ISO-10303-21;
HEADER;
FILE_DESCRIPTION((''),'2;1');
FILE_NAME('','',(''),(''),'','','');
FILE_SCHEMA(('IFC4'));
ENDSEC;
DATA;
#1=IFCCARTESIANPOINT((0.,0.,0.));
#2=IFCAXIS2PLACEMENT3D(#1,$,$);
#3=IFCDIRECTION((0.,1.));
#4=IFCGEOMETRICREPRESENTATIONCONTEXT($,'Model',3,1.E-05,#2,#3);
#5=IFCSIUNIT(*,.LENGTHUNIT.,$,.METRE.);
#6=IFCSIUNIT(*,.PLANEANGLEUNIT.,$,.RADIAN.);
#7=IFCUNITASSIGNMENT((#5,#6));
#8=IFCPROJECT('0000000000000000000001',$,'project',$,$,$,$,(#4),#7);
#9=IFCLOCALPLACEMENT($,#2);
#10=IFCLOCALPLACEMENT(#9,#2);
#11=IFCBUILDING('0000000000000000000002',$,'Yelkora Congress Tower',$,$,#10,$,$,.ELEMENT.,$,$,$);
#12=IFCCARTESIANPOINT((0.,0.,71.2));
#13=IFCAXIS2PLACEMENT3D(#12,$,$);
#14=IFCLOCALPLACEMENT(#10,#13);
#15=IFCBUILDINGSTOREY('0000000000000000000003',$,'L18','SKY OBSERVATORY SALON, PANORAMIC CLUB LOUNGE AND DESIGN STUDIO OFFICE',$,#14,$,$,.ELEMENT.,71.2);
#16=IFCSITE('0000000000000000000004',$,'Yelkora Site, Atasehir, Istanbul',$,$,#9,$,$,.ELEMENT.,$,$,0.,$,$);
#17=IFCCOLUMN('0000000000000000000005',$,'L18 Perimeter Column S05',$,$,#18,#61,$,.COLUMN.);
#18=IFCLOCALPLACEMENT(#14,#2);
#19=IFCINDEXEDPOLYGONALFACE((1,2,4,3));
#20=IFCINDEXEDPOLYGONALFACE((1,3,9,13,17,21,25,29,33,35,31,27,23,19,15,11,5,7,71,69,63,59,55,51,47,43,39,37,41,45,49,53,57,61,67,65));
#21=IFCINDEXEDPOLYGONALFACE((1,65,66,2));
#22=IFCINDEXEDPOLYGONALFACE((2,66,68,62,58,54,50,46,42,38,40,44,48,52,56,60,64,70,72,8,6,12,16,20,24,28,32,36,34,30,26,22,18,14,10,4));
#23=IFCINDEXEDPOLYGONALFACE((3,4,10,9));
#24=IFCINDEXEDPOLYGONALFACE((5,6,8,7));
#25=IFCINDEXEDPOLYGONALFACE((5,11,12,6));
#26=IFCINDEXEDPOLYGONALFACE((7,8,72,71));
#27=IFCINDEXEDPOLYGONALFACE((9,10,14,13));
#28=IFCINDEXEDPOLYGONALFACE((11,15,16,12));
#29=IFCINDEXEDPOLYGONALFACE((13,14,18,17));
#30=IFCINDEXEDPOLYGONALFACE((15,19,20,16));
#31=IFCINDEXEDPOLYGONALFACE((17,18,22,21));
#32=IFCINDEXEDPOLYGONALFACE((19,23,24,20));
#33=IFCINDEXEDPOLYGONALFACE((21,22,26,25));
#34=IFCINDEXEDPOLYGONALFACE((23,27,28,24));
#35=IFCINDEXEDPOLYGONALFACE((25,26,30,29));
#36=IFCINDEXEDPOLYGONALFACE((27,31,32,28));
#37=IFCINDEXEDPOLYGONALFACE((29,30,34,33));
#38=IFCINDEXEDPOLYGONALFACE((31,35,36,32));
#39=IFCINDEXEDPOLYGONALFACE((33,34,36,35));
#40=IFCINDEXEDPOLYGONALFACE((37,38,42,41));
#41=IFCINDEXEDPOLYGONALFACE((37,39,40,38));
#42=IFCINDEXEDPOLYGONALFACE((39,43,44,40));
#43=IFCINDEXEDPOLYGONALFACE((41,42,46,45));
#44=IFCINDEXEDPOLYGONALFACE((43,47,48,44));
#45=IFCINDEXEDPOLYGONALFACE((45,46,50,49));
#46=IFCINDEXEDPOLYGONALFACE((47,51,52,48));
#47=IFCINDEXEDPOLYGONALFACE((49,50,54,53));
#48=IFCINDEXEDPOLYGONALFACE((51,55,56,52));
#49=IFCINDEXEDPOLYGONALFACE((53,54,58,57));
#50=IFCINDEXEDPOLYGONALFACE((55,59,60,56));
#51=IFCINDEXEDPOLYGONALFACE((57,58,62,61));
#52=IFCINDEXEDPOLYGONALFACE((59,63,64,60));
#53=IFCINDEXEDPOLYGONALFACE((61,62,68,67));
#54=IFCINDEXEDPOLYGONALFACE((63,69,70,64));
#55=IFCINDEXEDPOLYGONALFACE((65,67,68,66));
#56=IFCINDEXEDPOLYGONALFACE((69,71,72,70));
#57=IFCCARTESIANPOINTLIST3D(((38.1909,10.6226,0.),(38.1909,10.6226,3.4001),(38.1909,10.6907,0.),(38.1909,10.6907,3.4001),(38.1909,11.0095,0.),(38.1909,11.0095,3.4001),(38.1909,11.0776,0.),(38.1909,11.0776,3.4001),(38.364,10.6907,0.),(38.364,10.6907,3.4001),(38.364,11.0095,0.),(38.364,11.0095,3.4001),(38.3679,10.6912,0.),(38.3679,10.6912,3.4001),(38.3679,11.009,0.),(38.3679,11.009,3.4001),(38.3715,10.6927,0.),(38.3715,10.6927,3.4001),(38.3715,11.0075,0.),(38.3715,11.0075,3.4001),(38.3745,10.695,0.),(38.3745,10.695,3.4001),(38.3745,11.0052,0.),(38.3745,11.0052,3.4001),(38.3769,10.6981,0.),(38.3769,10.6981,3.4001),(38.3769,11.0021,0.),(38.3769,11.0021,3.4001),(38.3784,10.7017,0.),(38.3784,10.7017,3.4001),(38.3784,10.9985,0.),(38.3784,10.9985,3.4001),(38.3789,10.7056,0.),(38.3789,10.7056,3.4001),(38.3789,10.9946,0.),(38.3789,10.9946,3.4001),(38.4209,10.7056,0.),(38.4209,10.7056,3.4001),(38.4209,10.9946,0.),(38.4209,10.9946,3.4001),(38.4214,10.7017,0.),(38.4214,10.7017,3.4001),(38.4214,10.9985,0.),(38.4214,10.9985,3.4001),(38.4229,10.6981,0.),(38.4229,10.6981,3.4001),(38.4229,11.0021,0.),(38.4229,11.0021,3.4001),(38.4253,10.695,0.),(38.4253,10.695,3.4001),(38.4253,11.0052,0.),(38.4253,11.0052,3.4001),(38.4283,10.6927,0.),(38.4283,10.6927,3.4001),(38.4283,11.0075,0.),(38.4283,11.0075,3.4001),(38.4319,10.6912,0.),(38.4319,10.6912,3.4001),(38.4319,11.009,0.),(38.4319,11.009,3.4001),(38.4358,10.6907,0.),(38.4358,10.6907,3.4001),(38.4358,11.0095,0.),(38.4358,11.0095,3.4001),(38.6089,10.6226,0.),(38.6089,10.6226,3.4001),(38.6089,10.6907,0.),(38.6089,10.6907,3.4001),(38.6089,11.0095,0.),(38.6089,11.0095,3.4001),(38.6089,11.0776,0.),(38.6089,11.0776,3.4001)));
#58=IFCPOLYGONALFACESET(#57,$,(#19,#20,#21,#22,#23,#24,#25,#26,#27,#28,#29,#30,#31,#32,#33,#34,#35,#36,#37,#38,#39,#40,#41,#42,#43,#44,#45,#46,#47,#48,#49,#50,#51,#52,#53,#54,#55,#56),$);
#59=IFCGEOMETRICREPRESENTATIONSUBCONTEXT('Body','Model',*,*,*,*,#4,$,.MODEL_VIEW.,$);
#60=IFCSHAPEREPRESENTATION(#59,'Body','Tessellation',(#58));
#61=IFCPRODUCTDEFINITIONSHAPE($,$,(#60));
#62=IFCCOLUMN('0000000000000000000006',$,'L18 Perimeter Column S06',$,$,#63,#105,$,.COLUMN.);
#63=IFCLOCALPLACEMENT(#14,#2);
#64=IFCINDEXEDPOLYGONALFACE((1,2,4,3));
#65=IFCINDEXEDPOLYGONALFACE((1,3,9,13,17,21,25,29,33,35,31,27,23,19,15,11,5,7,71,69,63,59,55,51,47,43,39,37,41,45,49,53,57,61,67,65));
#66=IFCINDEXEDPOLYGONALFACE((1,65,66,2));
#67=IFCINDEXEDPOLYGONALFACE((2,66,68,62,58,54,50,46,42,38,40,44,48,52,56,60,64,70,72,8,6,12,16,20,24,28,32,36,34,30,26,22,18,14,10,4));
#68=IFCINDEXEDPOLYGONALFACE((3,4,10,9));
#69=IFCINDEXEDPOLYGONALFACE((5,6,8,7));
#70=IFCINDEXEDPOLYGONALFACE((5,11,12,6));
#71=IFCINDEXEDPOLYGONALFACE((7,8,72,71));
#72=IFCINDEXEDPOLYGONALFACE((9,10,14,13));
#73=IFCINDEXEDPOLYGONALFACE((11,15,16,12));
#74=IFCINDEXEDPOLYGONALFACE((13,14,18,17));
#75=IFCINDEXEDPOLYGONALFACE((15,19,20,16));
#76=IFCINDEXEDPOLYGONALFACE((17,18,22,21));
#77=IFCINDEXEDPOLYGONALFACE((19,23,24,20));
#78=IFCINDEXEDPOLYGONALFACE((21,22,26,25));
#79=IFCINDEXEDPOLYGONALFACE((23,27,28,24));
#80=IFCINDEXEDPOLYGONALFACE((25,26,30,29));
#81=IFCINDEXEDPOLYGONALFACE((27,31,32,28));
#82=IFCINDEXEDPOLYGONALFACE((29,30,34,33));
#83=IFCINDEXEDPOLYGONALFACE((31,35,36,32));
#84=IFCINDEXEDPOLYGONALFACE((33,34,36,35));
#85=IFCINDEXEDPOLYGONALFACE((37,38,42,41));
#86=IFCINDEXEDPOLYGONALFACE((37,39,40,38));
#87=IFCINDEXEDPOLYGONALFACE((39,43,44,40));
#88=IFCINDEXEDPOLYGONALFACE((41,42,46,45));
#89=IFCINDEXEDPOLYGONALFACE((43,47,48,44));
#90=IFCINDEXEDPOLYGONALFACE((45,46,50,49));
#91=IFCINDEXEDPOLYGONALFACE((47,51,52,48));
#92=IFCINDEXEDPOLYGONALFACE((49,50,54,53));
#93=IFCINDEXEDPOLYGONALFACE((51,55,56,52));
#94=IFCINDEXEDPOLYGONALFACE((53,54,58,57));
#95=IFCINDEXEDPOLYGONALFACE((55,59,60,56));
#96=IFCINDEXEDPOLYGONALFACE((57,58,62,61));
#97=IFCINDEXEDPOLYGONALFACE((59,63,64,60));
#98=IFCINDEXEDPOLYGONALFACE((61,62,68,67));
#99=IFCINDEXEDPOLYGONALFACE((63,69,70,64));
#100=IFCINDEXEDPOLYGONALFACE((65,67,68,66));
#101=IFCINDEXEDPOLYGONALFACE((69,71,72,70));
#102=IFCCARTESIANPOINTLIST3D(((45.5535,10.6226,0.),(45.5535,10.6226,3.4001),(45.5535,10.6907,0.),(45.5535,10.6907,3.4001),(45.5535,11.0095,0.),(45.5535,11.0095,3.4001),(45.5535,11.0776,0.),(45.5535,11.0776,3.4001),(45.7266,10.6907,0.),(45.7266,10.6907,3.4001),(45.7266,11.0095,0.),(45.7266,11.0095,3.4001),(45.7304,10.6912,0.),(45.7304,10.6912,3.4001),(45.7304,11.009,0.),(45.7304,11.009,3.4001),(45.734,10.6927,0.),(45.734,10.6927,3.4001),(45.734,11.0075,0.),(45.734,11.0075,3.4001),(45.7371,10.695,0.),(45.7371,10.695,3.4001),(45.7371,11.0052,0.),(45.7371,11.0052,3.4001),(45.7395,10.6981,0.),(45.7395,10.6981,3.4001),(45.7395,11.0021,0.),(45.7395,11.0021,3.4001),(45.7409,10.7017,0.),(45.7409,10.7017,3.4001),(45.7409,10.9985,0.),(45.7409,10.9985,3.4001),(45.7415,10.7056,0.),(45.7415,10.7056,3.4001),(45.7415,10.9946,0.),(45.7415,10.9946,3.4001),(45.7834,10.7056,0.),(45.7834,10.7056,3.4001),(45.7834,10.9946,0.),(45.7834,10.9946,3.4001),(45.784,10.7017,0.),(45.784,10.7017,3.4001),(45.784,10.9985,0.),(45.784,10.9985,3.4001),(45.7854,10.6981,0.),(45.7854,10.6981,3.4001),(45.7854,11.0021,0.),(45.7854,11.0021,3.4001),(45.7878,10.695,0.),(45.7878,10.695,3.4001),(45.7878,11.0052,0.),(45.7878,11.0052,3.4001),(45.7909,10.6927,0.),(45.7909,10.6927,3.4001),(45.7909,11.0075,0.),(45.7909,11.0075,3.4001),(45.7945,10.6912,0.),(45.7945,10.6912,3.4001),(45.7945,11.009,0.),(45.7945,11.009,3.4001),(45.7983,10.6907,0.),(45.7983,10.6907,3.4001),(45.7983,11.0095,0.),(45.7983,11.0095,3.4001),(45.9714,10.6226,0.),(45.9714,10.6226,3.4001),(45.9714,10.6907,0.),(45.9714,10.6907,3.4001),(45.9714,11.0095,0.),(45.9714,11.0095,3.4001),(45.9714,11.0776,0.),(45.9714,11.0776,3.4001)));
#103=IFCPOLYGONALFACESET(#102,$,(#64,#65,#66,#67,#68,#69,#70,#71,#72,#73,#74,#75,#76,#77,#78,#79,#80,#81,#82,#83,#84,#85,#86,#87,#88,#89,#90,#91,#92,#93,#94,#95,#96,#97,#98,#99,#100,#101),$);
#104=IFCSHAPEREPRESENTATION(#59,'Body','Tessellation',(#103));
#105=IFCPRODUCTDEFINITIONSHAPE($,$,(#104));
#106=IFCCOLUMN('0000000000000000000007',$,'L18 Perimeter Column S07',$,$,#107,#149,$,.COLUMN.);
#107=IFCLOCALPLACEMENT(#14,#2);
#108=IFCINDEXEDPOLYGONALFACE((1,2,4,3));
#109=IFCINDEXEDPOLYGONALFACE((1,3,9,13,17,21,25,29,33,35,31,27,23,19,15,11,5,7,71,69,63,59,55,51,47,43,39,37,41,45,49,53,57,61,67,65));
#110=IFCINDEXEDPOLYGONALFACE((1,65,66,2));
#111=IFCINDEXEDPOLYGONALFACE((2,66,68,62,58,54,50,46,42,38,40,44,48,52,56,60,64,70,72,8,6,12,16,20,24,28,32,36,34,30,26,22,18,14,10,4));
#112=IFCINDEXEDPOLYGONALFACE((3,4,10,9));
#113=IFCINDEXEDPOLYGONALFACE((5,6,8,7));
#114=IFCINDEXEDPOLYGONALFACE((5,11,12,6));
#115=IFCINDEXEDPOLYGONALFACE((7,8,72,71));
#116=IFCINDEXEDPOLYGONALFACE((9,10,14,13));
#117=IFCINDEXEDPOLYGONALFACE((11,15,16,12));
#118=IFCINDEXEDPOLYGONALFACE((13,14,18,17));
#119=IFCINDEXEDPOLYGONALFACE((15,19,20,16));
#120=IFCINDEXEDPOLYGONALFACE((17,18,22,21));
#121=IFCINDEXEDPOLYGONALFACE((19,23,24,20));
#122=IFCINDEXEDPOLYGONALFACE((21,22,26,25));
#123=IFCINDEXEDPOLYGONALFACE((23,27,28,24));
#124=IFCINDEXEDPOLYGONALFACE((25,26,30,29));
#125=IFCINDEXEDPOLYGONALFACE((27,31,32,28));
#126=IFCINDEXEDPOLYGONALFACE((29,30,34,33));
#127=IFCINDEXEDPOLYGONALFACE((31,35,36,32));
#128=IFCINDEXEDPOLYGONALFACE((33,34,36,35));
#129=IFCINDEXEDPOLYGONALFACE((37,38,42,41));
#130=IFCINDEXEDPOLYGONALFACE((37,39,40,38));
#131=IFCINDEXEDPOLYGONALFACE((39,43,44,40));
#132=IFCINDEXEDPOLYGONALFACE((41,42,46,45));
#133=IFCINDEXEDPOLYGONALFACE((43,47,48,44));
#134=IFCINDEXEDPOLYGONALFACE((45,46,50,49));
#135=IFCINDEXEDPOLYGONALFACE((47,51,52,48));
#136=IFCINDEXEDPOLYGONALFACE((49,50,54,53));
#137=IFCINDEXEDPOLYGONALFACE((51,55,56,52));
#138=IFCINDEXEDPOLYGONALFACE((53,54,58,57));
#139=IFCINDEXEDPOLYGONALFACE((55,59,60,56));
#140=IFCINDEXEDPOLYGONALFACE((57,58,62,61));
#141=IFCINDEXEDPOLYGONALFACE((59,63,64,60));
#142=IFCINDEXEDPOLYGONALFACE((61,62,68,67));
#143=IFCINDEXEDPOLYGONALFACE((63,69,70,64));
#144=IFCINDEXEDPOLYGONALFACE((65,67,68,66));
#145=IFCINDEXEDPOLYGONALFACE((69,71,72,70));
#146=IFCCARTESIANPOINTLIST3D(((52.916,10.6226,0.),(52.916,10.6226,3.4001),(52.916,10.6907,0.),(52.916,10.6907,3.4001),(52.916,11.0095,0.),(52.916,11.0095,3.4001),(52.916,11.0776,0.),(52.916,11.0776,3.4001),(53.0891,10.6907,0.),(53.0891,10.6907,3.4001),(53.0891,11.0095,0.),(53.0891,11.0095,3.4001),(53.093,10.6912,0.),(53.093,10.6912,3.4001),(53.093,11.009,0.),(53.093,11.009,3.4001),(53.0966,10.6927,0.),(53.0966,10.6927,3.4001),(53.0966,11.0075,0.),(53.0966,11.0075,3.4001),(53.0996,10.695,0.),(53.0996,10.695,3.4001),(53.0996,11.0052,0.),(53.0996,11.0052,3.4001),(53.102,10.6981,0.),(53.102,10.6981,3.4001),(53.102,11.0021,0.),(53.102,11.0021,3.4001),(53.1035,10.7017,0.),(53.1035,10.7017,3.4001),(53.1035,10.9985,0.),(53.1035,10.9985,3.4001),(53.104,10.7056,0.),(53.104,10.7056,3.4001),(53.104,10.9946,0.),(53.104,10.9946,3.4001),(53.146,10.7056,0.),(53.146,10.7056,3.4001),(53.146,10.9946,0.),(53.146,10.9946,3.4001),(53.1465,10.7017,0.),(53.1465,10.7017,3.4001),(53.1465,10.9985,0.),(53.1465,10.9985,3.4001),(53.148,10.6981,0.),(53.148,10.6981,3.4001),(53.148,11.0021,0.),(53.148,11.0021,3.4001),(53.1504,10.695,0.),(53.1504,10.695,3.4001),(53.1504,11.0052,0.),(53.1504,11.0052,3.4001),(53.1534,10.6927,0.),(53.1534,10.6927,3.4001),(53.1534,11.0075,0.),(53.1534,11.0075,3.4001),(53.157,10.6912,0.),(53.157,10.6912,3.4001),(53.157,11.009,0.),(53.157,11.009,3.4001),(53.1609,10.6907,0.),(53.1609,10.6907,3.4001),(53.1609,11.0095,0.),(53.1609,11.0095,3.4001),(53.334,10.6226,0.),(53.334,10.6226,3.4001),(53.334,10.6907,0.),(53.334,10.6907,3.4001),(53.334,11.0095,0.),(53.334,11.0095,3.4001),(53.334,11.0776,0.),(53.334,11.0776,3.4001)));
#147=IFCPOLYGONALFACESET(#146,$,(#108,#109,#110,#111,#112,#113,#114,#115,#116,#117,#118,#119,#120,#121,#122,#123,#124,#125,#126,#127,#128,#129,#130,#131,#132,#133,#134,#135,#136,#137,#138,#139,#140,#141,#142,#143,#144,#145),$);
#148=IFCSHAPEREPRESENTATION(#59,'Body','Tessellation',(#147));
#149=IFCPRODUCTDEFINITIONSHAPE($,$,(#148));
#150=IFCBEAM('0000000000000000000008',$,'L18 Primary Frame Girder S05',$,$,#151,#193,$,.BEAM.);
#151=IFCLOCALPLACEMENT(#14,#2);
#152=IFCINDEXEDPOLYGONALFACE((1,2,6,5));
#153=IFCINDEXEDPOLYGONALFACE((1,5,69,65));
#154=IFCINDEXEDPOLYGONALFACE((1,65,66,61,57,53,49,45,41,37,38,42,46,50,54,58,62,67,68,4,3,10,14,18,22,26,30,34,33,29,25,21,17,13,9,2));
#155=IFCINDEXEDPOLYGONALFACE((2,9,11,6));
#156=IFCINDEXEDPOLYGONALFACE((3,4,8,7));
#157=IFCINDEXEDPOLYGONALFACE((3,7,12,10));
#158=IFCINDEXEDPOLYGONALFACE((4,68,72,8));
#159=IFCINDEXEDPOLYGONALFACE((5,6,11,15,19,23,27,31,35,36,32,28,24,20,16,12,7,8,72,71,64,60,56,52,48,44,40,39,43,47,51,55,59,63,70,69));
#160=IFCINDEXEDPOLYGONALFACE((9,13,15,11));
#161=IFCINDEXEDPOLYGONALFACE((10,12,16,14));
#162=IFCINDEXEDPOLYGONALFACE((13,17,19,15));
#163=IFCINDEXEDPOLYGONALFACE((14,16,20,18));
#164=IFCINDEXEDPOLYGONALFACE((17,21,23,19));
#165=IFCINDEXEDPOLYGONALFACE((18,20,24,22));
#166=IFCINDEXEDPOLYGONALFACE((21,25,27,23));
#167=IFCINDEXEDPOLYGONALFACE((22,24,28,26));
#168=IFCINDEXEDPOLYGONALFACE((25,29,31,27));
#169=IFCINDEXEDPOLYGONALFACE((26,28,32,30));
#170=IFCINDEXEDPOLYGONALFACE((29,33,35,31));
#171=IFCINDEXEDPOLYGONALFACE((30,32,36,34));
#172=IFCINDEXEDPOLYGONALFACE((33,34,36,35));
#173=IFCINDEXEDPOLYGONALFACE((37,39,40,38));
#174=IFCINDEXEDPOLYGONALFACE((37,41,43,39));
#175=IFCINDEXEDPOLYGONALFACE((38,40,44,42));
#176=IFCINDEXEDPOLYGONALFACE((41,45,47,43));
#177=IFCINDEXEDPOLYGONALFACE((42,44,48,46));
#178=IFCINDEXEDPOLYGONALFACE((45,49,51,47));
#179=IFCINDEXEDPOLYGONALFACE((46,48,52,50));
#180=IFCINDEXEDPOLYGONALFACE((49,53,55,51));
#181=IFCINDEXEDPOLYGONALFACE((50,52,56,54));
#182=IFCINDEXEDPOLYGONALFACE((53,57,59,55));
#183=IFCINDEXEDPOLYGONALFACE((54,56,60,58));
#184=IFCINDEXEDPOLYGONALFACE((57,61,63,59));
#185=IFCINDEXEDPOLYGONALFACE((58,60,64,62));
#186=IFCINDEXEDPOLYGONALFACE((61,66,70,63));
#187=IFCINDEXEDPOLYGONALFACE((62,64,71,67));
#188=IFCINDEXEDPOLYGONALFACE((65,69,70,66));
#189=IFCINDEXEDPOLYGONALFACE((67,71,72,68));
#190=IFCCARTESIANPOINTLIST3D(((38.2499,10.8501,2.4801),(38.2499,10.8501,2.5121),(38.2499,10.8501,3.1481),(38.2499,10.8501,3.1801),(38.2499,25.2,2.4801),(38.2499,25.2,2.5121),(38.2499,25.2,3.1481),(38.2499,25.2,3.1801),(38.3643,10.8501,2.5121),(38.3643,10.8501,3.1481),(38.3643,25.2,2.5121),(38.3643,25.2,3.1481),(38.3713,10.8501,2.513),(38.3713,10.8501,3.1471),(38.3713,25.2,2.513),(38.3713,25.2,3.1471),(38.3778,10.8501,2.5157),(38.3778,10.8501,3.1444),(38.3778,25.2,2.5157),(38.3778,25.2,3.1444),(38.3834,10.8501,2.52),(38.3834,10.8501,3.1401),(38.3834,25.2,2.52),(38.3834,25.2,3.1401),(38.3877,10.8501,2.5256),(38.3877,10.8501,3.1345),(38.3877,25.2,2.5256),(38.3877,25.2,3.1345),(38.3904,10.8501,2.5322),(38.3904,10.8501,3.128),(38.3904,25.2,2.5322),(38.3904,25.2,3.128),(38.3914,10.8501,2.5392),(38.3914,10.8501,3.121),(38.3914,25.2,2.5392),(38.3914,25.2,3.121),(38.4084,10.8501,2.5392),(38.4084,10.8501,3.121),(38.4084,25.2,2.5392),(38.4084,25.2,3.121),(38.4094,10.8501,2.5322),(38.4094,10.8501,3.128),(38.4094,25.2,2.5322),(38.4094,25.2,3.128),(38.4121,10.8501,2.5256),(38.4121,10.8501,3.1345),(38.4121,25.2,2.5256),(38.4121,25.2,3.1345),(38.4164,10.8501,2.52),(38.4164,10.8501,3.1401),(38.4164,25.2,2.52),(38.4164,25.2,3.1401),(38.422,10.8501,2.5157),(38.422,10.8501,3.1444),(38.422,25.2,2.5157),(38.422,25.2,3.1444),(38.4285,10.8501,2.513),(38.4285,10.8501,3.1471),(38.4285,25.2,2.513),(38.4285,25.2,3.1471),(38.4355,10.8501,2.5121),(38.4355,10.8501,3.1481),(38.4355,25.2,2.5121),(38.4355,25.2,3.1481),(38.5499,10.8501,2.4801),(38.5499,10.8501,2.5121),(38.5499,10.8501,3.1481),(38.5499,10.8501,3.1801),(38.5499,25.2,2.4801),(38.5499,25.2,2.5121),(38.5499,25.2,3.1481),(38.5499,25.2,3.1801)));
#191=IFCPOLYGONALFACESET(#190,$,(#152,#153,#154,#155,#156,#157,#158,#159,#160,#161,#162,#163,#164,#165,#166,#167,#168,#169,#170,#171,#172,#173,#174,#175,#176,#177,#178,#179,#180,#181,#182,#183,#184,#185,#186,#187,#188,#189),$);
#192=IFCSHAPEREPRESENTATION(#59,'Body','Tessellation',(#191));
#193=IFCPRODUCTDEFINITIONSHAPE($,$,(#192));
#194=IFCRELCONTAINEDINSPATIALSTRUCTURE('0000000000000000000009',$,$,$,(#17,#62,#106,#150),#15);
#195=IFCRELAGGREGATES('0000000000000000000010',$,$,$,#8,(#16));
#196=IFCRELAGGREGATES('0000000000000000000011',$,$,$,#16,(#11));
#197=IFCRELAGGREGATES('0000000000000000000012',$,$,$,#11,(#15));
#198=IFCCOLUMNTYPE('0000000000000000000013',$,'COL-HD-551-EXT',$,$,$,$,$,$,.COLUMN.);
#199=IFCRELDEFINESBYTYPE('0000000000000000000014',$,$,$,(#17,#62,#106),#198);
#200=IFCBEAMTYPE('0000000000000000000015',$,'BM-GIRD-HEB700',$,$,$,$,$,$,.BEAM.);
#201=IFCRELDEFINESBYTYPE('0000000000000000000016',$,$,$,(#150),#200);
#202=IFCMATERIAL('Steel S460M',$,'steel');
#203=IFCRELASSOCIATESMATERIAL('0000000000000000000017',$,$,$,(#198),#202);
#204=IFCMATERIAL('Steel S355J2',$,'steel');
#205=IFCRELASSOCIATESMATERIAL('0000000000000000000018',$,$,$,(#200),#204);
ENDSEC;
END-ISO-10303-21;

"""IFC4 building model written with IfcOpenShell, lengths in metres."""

from ifc_helpers import new_model, si_unit, direction, frame, origin, origin_2d, place, context, subcontext, project, spatial, i_section, extrude, material, material_profile, profile_set, type_object, element, save


model = new_model("IFC4")

# Units and contexts
model_context = context("Model", 3, precision=1e-05, world=origin(), true_north=direction((0.0, 1.0)))
body_context = subcontext(model_context, "Body", "Model", "MODEL_VIEW")
ifc_project = project(units=[si_unit("LENGTHUNIT", "METRE"), si_unit("PLANEANGLEUNIT", "RADIAN")], contexts=[model_context])

# Site, building, storey
site_placement = place(None, origin())
site = spatial("IfcSite", under=ifc_project, at=site_placement, Name="Yelkora Site, Atasehir, Istanbul", CompositionType="ELEMENT", RefElevation=0.0)
building_placement = place(site_placement, origin())
building = spatial("IfcBuilding", under=site, at=building_placement, Name="Yelkora Congress Tower", CompositionType="ELEMENT")
storey_placement = place(building_placement, frame((0.0, 0.0, 71.2)))
storey = spatial("IfcBuildingStorey", under=building, at=storey_placement, Name="L18", Description="SKY OBSERVATORY SALON, PANORAMIC CLUB LOUNGE AND DESIGN STUDIO OFFICE", CompositionType="ELEMENT", Elevation=71.2)

# Columns
ifc_material_1 = material(Name="Steel S460M", Category="steel")
ifc_material_profile_1 = material_profile(ifc_material_1, i_section(OverallWidth=0.418, OverallDepth=0.4551, WebThickness=0.042, FlangeThickness=0.0681, FilletRadius=0.0149, at=origin_2d()), Name="HD 400x551")
ifc_profile_set_1 = profile_set([ifc_material_profile_1], Name="Steel S460M")
column_type = type_object("IfcColumnType", Name="COL-HD-551-EXT", PredefinedType="COLUMN", material=ifc_profile_set_1)
for number, where, z_axis, x_axis, name in (
    (1, (38.3999, 10.8501, 0.0), (0.0, 0.0, 1.0), (1.0, 0.0, 0.0), "L18 Perimeter Column S05"),
    (2, (45.7625, 10.8501, 0.0), (0.0, 0.0, 1.0), (1.0, 0.0, 0.0), "L18 Perimeter Column S06"),
    (3, (53.125, 10.8501, 0.0), (0.0, 0.0, 1.0), (1.0, 0.0, 0.0), "L18 Perimeter Column S07"),
):
    element("IfcColumn", number, at=place(storey_placement, frame(where, z_axis=z_axis, x_axis=x_axis)), inside=storey, type_object=column_type, Name=name, PredefinedType="COLUMN", context=body_context, shape_type="SweptSolid", body=[
        extrude(i_section(OverallWidth=0.418, OverallDepth=0.4551, WebThickness=0.042, FlangeThickness=0.0681, FilletRadius=0.0149, at=origin_2d()), origin(), (0.0, 0.0, 1.0), 3.4001),
    ])

# Beam
ifc_material_2 = material(Name="Steel S355J2", Category="steel")
ifc_material_profile_2 = material_profile(ifc_material_2, i_section(OverallWidth=0.3, OverallDepth=0.7, WebThickness=0.0171, FlangeThickness=0.032, FilletRadius=0.0271, at=origin_2d()), Name="HEB 700")
ifc_profile_set_2 = profile_set([ifc_material_profile_2], Name="Steel S355J2")
beam_type_1 = type_object("IfcBeamType", Name="BM-GIRD-HEB700", PredefinedType="BEAM", material=ifc_profile_set_2)
beam_1_placement = place(storey_placement, frame((38.3999, 10.8501, 2.8301), z_axis=(0.0, 1.0, 0.0), x_axis=(-1.0, 0.0, 0.0)))
element("IfcBeam", 4, at=beam_1_placement, inside=storey, type_object=beam_type_1, Name="L18 Primary Frame Girder S05", PredefinedType="BEAM", context=body_context, shape_type="SweptSolid", body=[
    extrude(i_section(OverallWidth=0.3, OverallDepth=0.7, WebThickness=0.0171, FlangeThickness=0.032, FilletRadius=0.0271, at=origin_2d()), origin(), (0.0, 0.0, 1.0), 14.3499),
])

save(model, "model.ifc")
